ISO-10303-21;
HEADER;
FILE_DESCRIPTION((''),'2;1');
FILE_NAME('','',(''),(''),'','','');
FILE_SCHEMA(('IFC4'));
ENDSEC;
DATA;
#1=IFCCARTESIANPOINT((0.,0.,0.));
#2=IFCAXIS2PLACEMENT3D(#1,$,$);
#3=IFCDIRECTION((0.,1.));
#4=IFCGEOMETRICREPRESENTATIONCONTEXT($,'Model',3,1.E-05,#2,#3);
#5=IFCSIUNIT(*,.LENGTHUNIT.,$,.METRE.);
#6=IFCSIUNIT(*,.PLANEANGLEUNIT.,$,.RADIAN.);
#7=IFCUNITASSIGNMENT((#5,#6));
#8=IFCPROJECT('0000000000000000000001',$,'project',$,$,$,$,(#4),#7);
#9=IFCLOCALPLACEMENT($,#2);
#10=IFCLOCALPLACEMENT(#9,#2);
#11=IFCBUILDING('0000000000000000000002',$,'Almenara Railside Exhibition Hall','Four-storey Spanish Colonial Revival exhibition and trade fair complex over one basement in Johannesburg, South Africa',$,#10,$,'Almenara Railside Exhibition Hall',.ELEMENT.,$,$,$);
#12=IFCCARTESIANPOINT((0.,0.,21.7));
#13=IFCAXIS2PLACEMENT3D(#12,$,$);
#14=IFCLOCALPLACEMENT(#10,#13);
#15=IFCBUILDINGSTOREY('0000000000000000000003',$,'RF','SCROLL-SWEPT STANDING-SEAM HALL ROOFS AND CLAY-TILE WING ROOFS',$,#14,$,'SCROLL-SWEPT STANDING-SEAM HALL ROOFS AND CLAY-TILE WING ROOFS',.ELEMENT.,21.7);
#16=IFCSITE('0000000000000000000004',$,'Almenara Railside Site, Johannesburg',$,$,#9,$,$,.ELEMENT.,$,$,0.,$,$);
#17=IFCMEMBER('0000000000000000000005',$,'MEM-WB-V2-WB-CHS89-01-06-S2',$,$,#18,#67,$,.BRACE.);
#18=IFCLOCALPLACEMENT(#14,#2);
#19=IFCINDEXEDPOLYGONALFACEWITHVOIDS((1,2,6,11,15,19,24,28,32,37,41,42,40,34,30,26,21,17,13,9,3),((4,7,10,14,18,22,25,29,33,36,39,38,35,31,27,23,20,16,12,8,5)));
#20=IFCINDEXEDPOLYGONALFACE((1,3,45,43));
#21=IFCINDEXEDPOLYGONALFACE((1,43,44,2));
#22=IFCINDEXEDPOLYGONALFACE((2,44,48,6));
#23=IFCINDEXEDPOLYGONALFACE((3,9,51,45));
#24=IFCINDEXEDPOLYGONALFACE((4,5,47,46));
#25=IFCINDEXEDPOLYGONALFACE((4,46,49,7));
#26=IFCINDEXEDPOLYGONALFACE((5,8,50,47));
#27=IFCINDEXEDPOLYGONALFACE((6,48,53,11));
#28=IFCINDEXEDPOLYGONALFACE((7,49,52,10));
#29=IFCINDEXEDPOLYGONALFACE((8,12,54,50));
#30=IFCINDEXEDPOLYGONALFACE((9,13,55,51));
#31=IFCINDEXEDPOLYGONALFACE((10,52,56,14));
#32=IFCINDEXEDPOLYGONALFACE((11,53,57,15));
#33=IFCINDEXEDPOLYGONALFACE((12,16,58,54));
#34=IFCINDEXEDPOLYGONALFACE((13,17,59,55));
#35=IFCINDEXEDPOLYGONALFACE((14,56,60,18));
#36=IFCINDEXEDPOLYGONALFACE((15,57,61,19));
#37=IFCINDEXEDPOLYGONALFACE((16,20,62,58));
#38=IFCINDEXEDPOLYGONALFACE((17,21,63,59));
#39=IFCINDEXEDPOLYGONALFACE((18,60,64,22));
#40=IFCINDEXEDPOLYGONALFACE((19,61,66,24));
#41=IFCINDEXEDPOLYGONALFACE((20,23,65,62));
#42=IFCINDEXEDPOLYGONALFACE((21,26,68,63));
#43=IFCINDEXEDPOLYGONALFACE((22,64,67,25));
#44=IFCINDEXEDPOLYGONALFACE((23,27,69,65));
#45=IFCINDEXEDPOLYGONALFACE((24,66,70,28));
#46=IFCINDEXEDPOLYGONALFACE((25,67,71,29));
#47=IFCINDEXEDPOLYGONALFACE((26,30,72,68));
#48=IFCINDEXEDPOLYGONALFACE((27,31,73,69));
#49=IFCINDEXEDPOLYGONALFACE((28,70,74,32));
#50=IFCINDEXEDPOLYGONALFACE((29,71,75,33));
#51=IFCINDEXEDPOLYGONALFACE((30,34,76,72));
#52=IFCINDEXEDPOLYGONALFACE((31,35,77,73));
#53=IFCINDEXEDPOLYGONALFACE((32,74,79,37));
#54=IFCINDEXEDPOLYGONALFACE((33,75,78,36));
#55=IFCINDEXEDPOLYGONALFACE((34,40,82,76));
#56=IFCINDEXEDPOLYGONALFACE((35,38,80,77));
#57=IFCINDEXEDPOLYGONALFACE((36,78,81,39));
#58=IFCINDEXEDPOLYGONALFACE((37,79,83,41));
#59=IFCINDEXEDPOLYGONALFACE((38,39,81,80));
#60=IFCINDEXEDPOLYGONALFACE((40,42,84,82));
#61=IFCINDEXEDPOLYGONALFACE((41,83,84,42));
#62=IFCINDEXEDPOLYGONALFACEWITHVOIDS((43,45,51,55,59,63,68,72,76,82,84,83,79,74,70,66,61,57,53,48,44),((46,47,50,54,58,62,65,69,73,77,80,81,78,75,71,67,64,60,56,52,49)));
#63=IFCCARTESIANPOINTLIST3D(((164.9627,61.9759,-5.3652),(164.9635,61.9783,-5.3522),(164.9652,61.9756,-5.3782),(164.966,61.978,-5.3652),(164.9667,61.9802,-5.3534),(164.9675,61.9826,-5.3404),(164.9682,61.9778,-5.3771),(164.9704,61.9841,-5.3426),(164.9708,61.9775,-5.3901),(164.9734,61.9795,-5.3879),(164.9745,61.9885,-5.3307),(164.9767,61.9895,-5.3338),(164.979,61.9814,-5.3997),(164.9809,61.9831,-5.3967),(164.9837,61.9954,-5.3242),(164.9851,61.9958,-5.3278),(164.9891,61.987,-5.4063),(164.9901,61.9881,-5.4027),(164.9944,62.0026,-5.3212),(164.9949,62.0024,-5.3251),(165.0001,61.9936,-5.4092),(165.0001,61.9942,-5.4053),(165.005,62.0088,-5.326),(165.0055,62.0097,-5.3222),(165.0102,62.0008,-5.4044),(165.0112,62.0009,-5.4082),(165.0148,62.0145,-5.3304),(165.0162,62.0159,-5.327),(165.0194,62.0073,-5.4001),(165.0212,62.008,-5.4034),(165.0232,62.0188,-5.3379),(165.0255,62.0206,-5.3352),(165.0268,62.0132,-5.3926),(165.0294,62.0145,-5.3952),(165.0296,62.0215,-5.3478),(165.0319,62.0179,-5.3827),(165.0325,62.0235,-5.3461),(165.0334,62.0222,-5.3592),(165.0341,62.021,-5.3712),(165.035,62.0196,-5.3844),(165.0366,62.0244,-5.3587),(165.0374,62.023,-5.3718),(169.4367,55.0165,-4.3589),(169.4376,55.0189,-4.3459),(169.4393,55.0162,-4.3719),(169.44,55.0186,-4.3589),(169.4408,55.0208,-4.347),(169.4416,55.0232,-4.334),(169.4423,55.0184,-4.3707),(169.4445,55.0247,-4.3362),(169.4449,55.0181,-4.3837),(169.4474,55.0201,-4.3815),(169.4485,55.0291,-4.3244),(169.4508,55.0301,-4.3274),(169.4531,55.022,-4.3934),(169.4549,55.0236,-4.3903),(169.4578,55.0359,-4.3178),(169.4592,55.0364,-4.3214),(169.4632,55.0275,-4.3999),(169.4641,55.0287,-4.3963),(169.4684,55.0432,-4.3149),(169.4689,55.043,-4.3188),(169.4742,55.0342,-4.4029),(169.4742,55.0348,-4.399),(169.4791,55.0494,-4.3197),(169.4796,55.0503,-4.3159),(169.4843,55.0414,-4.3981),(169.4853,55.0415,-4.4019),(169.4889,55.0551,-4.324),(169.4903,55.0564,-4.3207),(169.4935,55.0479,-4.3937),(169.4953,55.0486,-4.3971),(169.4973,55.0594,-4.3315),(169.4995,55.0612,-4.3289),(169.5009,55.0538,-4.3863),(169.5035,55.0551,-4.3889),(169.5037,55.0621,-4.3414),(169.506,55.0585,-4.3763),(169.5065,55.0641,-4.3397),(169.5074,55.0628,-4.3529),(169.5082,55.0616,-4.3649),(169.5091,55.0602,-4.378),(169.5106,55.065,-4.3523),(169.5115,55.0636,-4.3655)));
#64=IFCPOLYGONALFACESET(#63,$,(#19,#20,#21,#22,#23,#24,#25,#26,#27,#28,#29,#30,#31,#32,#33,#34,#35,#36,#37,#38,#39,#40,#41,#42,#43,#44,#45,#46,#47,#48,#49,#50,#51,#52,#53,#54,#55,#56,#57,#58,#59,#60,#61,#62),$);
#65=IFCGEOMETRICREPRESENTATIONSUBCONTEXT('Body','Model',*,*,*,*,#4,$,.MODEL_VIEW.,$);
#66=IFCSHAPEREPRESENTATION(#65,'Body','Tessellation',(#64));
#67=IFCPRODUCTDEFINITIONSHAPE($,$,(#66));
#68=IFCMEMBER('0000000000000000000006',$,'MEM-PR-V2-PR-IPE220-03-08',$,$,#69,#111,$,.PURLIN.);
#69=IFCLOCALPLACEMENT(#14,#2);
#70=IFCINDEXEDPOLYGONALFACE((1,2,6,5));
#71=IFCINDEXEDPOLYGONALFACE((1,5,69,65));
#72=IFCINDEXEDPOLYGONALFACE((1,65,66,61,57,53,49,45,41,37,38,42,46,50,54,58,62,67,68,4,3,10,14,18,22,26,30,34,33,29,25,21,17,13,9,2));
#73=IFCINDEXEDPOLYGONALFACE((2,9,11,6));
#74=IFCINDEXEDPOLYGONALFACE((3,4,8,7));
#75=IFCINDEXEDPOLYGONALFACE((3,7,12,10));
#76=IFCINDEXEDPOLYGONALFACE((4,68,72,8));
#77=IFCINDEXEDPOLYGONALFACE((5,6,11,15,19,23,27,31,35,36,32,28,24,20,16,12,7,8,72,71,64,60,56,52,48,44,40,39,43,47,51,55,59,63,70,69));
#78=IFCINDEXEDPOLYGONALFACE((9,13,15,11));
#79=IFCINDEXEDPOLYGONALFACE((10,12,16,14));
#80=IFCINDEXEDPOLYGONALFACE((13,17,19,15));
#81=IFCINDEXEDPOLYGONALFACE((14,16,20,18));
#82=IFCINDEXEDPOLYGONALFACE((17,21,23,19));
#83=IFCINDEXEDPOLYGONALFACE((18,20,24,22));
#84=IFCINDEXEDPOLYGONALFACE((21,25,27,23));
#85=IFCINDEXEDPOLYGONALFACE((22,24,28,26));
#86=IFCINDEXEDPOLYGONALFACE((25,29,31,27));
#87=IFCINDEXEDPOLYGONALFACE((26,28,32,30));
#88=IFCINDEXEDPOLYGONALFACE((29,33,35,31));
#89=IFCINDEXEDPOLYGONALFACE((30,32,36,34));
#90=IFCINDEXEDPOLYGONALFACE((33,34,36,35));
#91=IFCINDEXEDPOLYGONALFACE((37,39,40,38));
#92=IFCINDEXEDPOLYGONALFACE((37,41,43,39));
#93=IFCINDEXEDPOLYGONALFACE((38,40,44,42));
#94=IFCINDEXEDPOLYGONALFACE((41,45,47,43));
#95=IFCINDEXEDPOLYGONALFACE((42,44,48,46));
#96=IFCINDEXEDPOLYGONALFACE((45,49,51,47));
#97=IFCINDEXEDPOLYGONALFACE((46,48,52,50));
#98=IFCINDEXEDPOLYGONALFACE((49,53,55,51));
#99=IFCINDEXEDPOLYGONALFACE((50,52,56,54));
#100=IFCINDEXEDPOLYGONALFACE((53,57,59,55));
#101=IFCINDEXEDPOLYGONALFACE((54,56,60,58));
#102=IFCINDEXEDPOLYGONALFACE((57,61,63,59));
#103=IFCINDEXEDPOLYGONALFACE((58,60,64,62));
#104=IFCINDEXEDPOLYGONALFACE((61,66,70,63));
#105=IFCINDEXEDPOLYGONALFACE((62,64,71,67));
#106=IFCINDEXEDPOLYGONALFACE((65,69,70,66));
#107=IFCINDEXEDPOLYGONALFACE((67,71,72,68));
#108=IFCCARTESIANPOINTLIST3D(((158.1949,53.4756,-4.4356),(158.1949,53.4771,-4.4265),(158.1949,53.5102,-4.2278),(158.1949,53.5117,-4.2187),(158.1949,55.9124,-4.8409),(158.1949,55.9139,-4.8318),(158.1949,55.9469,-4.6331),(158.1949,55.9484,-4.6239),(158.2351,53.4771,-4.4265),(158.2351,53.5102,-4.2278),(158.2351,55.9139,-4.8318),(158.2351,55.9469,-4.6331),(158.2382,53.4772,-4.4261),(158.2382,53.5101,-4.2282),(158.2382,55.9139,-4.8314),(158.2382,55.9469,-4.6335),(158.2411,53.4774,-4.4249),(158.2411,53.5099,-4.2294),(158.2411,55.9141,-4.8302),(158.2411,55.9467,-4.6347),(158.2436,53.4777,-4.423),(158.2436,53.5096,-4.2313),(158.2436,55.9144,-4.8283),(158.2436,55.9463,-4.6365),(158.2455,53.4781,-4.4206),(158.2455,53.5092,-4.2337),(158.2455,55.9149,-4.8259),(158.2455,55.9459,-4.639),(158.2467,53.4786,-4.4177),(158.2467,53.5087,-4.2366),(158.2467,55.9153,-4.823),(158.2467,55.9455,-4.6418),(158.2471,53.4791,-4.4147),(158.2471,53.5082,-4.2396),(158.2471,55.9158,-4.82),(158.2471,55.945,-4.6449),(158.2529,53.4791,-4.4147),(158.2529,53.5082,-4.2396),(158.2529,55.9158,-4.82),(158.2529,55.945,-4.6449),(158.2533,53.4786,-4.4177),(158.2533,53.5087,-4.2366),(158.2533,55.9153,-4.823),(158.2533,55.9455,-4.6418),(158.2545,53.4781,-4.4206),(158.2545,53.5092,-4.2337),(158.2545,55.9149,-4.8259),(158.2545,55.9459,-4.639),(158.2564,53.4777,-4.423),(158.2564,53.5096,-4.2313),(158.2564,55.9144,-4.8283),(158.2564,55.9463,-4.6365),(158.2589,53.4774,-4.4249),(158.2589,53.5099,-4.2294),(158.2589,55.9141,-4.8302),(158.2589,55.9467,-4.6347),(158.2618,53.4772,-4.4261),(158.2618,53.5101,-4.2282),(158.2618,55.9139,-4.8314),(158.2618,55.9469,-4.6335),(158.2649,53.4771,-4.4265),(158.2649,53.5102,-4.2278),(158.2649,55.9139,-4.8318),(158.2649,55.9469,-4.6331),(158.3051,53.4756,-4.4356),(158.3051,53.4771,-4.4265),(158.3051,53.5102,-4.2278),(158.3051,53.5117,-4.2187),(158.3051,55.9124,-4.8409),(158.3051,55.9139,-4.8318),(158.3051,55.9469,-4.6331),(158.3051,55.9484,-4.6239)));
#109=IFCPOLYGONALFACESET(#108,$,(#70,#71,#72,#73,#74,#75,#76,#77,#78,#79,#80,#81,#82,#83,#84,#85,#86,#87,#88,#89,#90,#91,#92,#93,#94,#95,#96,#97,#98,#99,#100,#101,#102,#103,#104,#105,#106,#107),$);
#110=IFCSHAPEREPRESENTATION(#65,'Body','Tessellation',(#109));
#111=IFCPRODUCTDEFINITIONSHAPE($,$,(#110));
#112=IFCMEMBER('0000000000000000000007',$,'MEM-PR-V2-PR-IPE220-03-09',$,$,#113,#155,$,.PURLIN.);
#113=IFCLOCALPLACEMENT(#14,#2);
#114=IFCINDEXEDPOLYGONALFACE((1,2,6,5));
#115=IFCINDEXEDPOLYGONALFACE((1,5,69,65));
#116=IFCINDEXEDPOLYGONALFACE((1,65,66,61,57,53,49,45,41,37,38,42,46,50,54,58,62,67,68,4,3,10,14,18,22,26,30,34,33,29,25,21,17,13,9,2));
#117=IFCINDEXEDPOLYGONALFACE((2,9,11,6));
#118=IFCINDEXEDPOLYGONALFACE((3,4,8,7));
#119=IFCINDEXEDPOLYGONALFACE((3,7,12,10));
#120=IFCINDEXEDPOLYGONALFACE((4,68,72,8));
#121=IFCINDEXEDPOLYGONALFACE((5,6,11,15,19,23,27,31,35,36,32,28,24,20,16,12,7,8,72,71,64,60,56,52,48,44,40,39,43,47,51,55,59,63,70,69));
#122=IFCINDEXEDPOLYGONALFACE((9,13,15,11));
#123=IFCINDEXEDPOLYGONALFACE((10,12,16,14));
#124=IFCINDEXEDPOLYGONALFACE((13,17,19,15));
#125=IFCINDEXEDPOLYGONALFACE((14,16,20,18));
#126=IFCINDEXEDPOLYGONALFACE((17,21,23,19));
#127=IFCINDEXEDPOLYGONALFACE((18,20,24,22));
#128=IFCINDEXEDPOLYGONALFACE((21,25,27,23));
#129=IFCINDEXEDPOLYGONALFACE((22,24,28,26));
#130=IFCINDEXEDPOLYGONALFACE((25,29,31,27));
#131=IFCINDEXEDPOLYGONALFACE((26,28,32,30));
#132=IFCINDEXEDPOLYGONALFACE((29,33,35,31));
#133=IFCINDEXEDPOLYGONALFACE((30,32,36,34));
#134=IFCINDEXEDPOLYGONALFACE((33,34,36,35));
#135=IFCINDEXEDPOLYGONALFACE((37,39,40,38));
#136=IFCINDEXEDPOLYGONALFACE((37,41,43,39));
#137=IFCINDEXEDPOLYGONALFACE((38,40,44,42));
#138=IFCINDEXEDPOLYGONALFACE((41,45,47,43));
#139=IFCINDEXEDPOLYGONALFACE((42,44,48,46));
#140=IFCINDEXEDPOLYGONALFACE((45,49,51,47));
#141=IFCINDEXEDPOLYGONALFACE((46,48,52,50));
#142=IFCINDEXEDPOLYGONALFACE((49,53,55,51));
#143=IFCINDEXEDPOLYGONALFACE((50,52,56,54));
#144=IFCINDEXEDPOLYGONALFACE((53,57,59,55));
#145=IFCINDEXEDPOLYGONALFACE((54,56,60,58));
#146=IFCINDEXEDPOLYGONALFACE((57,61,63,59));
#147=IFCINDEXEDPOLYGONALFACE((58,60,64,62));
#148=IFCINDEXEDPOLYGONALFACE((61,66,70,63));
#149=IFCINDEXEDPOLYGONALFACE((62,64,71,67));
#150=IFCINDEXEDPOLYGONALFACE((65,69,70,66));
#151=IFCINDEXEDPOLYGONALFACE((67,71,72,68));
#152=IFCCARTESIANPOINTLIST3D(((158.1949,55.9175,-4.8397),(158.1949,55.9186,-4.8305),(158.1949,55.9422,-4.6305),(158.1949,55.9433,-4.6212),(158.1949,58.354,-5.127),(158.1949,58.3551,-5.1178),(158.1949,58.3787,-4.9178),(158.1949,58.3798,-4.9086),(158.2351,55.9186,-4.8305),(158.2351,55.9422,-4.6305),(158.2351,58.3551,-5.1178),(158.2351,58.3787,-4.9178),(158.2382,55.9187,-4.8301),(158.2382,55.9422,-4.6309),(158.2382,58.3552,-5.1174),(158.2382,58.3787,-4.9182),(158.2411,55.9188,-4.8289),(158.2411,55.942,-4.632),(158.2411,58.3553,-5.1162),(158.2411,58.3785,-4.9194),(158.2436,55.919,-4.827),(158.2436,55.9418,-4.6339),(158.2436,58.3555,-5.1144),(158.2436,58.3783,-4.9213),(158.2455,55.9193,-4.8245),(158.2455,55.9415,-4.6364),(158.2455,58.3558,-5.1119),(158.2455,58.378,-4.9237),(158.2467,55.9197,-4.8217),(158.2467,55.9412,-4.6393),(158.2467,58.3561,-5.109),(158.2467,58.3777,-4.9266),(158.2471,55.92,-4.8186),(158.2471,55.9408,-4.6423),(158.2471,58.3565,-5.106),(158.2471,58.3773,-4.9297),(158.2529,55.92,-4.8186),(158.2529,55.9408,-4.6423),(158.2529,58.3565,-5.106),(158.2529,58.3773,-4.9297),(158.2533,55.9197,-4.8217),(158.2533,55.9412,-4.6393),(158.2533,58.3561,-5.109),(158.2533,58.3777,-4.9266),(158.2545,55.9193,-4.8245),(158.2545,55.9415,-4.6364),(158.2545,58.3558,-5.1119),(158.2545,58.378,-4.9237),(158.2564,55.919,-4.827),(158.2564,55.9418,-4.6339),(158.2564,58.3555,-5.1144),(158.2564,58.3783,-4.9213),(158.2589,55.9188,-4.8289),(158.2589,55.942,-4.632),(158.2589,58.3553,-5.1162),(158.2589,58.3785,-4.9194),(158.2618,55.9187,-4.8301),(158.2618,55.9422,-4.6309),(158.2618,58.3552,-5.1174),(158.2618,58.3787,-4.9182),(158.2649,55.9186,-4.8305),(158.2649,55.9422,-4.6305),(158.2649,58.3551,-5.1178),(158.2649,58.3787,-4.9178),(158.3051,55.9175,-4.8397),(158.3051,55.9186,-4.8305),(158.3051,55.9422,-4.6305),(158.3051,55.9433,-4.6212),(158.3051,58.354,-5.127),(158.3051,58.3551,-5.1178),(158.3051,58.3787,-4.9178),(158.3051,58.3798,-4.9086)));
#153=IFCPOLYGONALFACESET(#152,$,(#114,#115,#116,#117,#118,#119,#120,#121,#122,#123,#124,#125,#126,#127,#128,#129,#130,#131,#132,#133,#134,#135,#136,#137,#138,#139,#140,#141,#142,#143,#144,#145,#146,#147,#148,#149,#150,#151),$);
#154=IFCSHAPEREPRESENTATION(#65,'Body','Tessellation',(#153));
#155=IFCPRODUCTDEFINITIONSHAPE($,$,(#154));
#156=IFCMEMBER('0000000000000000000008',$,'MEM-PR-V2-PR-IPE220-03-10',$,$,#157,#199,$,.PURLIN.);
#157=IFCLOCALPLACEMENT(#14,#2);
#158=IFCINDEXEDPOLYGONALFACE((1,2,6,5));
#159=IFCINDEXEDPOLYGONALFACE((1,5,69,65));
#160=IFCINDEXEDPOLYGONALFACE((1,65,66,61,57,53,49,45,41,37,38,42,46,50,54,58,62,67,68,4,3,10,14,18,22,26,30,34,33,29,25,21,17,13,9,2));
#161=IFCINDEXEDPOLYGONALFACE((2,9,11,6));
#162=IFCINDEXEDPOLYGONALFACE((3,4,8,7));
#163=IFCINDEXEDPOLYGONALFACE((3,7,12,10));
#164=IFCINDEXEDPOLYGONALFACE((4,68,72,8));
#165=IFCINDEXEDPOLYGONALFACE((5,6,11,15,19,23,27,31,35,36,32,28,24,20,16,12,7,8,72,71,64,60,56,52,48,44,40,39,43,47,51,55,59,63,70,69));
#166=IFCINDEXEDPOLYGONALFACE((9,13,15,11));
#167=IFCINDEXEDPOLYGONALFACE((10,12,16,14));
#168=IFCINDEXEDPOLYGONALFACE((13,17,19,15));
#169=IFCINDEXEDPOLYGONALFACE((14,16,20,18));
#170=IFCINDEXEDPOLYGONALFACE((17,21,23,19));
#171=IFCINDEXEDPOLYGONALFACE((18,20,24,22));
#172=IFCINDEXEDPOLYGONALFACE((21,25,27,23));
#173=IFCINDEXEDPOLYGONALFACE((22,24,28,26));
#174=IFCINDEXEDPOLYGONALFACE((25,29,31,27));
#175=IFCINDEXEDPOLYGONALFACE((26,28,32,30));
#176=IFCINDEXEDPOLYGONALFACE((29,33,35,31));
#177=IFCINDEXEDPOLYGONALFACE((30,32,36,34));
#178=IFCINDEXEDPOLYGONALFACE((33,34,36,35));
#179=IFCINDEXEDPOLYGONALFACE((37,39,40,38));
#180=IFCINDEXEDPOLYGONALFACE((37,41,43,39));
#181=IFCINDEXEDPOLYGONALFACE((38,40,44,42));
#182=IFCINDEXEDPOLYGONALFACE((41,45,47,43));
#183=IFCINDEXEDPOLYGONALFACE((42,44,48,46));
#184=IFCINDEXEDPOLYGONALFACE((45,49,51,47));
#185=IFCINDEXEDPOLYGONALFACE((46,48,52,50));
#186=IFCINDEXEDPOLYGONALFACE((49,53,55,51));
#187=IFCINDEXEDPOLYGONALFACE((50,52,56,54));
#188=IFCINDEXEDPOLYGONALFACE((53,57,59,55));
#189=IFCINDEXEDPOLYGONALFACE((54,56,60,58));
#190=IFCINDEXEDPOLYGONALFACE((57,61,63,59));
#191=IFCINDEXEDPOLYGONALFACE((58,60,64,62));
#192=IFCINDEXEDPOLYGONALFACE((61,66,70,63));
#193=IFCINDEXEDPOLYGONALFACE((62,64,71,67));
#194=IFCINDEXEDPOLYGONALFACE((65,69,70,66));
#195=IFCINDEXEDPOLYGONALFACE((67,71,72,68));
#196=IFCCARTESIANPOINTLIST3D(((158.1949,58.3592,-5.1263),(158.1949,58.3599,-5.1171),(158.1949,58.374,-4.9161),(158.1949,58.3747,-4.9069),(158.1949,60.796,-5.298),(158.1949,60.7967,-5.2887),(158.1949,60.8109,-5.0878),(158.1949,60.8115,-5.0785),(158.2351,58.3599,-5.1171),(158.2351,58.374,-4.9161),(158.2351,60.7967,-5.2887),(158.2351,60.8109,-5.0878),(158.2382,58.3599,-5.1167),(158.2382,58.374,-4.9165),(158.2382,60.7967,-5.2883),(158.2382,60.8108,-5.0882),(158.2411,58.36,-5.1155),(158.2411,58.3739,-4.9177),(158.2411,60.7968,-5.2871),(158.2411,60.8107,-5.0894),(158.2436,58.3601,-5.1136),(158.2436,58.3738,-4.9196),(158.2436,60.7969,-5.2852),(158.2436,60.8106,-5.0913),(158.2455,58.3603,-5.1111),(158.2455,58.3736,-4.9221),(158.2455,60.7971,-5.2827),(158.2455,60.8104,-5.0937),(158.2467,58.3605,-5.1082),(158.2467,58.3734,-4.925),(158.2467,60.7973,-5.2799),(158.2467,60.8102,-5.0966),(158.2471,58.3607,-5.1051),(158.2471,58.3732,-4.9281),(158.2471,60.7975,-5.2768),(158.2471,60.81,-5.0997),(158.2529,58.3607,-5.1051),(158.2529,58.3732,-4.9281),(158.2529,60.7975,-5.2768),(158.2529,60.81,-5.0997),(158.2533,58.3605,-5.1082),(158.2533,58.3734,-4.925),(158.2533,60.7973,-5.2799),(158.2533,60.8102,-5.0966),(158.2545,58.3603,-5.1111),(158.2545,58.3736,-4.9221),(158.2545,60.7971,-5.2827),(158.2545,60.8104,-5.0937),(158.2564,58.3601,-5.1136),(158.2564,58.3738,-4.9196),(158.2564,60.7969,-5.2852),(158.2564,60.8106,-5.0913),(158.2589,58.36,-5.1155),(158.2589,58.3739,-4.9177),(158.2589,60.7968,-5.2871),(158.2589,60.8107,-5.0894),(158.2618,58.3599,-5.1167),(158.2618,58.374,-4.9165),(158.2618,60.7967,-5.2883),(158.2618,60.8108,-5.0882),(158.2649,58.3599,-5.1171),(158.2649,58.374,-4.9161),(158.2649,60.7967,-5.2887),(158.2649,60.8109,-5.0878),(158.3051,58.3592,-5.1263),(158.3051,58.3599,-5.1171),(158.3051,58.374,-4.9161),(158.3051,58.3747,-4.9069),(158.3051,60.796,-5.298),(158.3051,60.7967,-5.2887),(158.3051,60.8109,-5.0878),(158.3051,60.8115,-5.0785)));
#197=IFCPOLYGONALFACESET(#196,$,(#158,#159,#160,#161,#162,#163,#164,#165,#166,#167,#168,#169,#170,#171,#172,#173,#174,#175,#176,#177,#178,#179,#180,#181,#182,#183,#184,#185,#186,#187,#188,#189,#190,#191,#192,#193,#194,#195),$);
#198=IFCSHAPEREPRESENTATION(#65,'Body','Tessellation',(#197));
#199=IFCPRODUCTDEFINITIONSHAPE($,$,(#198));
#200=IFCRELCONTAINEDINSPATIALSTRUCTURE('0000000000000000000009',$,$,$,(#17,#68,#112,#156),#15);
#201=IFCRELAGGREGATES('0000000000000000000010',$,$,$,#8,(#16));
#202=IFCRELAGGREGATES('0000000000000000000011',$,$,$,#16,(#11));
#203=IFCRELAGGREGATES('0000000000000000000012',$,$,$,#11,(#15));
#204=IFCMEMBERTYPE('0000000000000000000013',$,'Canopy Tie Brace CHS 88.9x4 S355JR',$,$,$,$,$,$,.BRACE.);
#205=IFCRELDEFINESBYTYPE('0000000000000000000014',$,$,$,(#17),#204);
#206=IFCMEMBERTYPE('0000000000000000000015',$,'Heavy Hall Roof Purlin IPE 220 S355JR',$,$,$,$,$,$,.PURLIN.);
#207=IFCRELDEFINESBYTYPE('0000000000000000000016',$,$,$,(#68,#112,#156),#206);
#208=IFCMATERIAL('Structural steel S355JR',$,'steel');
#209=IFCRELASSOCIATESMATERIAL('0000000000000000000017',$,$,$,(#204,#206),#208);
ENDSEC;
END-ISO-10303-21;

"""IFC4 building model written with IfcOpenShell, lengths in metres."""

from ifc_helpers import new_model, si_unit, direction, frame, origin, origin_2d, place, context, subcontext, project, spatial, hollow_circle, i_section, extrude, material, material_profile, profile_set, type_object, element, save


model = new_model("IFC4")

# Units and contexts
model_context = context("Model", 3, precision=1e-05, world=origin(), true_north=direction((0.0, 1.0)))
body_context = subcontext(model_context, "Body", "Model", "MODEL_VIEW")
ifc_project = project(units=[si_unit("LENGTHUNIT", "METRE"), si_unit("PLANEANGLEUNIT", "RADIAN")], contexts=[model_context])

# Site, building, storey
site_placement = place(None, origin())
site = spatial("IfcSite", under=ifc_project, at=site_placement, Name="Almenara Railside Site, Johannesburg", CompositionType="ELEMENT", RefElevation=0.0)
building_placement = place(site_placement, origin())
building = spatial("IfcBuilding", under=site, at=building_placement, Name="Almenara Railside Exhibition Hall", Description="Four-storey Spanish Colonial Revival exhibition and trade fair complex over one basement in Johannesburg, South Africa", LongName="Almenara Railside Exhibition Hall", CompositionType="ELEMENT")
storey_placement = place(building_placement, frame((0.0, 0.0, 21.7)))
storey = spatial("IfcBuildingStorey", under=building, at=storey_placement, Name="RF", Description="SCROLL-SWEPT STANDING-SEAM HALL ROOFS AND CLAY-TILE WING ROOFS", LongName="SCROLL-SWEPT STANDING-SEAM HALL ROOFS AND CLAY-TILE WING ROOFS", CompositionType="ELEMENT", Elevation=21.7)

# Members
ifc_material_1 = material(Name="Structural steel S355JR", Category="steel")
ifc_material_profile_1 = material_profile(ifc_material_1, hollow_circle(Radius=0.0444, WallThickness=0.0039, at=origin_2d()), Name="CHS 88.9x4")
ifc_profile_set_1 = profile_set([ifc_material_profile_1], Name="Structural steel S355JR")
member_type_1 = type_object("IfcMemberType", Name="Canopy Tie Brace CHS 88.9x4 S355JR", PredefinedType="BRACE", material=ifc_profile_set_1)
member_1_placement = place(storey_placement, frame((169.4741, 55.0405, -4.3589), z_axis=(-0.536816, 0.835015, -0.120744), x_axis=(-0.841169, -0.540773, 0.0)))
element("IfcMember", 1, at=member_1_placement, inside=storey, type_object=member_type_1, Name="MEM-WB-V2-WB-CHS89-01-06-S2", PredefinedType="BRACE", context=body_context, shape_type="SweptSolid", body=[
    extrude(hollow_circle(Radius=0.0444, WallThickness=0.0039, at=origin_2d()), origin(), (0.0, 0.0, 1.0), 8.3345),
])
ifc_material_profile_2 = material_profile(ifc_material_1, i_section(OverallWidth=0.1101, OverallDepth=0.22, WebThickness=0.0059, FlangeThickness=0.0093, FilletRadius=0.012, at=origin_2d()), Name="IPE 220")
ifc_profile_set_2 = profile_set([ifc_material_profile_2], Name="Structural steel S355JR")
member_type_2 = type_object("IfcMemberType", Name="Heavy Hall Roof Purlin IPE 220 S355JR", PredefinedType="PURLIN", material=ifc_profile_set_2)
member_2_placement = place(storey_placement, frame((158.25, 53.4937, -4.3271), z_axis=(0.0, 0.98645, -0.164062), x_axis=(-1.0, 0.0, 0.0)))
element("IfcMember", 2, at=member_2_placement, inside=storey, type_object=member_type_2, Name="MEM-PR-V2-PR-IPE220-03-08", PredefinedType="PURLIN", context=body_context, shape_type="SweptSolid", body=[
    extrude(i_section(OverallWidth=0.1101, OverallDepth=0.22, WebThickness=0.0059, FlangeThickness=0.0093, FilletRadius=0.012, at=origin_2d()), origin(), (0.0, 0.0, 1.0), 2.4702),
])
member_3_placement = place(storey_placement, frame((158.25, 55.9304, -4.7305), z_axis=(0.0, 0.993117, -0.117124), x_axis=(-1.0, 0.0, 0.0)))
element("IfcMember", 3, at=member_3_placement, inside=storey, type_object=member_type_2, Name="MEM-PR-V2-PR-IPE220-03-09", PredefinedType="PURLIN", context=body_context, shape_type="SweptSolid", body=[
    extrude(i_section(OverallWidth=0.1101, OverallDepth=0.22, WebThickness=0.0059, FlangeThickness=0.0093, FilletRadius=0.012, at=origin_2d()), origin(), (0.0, 0.0, 1.0), 2.4534),
])
member_4_placement = place(storey_placement, frame((158.25, 58.3669, -5.0166), z_axis=(0.0, 0.997529, -0.07026), x_axis=(-1.0, 0.0, 0.0)))
element("IfcMember", 4, at=member_4_placement, inside=storey, type_object=member_type_2, Name="MEM-PR-V2-PR-IPE220-03-10", PredefinedType="PURLIN", context=body_context, shape_type="SweptSolid", body=[
    extrude(i_section(OverallWidth=0.1101, OverallDepth=0.22, WebThickness=0.0059, FlangeThickness=0.0093, FilletRadius=0.012, at=origin_2d()), origin(), (0.0, 0.0, 1.0), 2.4429),
])

save(model, "model.ifc")
